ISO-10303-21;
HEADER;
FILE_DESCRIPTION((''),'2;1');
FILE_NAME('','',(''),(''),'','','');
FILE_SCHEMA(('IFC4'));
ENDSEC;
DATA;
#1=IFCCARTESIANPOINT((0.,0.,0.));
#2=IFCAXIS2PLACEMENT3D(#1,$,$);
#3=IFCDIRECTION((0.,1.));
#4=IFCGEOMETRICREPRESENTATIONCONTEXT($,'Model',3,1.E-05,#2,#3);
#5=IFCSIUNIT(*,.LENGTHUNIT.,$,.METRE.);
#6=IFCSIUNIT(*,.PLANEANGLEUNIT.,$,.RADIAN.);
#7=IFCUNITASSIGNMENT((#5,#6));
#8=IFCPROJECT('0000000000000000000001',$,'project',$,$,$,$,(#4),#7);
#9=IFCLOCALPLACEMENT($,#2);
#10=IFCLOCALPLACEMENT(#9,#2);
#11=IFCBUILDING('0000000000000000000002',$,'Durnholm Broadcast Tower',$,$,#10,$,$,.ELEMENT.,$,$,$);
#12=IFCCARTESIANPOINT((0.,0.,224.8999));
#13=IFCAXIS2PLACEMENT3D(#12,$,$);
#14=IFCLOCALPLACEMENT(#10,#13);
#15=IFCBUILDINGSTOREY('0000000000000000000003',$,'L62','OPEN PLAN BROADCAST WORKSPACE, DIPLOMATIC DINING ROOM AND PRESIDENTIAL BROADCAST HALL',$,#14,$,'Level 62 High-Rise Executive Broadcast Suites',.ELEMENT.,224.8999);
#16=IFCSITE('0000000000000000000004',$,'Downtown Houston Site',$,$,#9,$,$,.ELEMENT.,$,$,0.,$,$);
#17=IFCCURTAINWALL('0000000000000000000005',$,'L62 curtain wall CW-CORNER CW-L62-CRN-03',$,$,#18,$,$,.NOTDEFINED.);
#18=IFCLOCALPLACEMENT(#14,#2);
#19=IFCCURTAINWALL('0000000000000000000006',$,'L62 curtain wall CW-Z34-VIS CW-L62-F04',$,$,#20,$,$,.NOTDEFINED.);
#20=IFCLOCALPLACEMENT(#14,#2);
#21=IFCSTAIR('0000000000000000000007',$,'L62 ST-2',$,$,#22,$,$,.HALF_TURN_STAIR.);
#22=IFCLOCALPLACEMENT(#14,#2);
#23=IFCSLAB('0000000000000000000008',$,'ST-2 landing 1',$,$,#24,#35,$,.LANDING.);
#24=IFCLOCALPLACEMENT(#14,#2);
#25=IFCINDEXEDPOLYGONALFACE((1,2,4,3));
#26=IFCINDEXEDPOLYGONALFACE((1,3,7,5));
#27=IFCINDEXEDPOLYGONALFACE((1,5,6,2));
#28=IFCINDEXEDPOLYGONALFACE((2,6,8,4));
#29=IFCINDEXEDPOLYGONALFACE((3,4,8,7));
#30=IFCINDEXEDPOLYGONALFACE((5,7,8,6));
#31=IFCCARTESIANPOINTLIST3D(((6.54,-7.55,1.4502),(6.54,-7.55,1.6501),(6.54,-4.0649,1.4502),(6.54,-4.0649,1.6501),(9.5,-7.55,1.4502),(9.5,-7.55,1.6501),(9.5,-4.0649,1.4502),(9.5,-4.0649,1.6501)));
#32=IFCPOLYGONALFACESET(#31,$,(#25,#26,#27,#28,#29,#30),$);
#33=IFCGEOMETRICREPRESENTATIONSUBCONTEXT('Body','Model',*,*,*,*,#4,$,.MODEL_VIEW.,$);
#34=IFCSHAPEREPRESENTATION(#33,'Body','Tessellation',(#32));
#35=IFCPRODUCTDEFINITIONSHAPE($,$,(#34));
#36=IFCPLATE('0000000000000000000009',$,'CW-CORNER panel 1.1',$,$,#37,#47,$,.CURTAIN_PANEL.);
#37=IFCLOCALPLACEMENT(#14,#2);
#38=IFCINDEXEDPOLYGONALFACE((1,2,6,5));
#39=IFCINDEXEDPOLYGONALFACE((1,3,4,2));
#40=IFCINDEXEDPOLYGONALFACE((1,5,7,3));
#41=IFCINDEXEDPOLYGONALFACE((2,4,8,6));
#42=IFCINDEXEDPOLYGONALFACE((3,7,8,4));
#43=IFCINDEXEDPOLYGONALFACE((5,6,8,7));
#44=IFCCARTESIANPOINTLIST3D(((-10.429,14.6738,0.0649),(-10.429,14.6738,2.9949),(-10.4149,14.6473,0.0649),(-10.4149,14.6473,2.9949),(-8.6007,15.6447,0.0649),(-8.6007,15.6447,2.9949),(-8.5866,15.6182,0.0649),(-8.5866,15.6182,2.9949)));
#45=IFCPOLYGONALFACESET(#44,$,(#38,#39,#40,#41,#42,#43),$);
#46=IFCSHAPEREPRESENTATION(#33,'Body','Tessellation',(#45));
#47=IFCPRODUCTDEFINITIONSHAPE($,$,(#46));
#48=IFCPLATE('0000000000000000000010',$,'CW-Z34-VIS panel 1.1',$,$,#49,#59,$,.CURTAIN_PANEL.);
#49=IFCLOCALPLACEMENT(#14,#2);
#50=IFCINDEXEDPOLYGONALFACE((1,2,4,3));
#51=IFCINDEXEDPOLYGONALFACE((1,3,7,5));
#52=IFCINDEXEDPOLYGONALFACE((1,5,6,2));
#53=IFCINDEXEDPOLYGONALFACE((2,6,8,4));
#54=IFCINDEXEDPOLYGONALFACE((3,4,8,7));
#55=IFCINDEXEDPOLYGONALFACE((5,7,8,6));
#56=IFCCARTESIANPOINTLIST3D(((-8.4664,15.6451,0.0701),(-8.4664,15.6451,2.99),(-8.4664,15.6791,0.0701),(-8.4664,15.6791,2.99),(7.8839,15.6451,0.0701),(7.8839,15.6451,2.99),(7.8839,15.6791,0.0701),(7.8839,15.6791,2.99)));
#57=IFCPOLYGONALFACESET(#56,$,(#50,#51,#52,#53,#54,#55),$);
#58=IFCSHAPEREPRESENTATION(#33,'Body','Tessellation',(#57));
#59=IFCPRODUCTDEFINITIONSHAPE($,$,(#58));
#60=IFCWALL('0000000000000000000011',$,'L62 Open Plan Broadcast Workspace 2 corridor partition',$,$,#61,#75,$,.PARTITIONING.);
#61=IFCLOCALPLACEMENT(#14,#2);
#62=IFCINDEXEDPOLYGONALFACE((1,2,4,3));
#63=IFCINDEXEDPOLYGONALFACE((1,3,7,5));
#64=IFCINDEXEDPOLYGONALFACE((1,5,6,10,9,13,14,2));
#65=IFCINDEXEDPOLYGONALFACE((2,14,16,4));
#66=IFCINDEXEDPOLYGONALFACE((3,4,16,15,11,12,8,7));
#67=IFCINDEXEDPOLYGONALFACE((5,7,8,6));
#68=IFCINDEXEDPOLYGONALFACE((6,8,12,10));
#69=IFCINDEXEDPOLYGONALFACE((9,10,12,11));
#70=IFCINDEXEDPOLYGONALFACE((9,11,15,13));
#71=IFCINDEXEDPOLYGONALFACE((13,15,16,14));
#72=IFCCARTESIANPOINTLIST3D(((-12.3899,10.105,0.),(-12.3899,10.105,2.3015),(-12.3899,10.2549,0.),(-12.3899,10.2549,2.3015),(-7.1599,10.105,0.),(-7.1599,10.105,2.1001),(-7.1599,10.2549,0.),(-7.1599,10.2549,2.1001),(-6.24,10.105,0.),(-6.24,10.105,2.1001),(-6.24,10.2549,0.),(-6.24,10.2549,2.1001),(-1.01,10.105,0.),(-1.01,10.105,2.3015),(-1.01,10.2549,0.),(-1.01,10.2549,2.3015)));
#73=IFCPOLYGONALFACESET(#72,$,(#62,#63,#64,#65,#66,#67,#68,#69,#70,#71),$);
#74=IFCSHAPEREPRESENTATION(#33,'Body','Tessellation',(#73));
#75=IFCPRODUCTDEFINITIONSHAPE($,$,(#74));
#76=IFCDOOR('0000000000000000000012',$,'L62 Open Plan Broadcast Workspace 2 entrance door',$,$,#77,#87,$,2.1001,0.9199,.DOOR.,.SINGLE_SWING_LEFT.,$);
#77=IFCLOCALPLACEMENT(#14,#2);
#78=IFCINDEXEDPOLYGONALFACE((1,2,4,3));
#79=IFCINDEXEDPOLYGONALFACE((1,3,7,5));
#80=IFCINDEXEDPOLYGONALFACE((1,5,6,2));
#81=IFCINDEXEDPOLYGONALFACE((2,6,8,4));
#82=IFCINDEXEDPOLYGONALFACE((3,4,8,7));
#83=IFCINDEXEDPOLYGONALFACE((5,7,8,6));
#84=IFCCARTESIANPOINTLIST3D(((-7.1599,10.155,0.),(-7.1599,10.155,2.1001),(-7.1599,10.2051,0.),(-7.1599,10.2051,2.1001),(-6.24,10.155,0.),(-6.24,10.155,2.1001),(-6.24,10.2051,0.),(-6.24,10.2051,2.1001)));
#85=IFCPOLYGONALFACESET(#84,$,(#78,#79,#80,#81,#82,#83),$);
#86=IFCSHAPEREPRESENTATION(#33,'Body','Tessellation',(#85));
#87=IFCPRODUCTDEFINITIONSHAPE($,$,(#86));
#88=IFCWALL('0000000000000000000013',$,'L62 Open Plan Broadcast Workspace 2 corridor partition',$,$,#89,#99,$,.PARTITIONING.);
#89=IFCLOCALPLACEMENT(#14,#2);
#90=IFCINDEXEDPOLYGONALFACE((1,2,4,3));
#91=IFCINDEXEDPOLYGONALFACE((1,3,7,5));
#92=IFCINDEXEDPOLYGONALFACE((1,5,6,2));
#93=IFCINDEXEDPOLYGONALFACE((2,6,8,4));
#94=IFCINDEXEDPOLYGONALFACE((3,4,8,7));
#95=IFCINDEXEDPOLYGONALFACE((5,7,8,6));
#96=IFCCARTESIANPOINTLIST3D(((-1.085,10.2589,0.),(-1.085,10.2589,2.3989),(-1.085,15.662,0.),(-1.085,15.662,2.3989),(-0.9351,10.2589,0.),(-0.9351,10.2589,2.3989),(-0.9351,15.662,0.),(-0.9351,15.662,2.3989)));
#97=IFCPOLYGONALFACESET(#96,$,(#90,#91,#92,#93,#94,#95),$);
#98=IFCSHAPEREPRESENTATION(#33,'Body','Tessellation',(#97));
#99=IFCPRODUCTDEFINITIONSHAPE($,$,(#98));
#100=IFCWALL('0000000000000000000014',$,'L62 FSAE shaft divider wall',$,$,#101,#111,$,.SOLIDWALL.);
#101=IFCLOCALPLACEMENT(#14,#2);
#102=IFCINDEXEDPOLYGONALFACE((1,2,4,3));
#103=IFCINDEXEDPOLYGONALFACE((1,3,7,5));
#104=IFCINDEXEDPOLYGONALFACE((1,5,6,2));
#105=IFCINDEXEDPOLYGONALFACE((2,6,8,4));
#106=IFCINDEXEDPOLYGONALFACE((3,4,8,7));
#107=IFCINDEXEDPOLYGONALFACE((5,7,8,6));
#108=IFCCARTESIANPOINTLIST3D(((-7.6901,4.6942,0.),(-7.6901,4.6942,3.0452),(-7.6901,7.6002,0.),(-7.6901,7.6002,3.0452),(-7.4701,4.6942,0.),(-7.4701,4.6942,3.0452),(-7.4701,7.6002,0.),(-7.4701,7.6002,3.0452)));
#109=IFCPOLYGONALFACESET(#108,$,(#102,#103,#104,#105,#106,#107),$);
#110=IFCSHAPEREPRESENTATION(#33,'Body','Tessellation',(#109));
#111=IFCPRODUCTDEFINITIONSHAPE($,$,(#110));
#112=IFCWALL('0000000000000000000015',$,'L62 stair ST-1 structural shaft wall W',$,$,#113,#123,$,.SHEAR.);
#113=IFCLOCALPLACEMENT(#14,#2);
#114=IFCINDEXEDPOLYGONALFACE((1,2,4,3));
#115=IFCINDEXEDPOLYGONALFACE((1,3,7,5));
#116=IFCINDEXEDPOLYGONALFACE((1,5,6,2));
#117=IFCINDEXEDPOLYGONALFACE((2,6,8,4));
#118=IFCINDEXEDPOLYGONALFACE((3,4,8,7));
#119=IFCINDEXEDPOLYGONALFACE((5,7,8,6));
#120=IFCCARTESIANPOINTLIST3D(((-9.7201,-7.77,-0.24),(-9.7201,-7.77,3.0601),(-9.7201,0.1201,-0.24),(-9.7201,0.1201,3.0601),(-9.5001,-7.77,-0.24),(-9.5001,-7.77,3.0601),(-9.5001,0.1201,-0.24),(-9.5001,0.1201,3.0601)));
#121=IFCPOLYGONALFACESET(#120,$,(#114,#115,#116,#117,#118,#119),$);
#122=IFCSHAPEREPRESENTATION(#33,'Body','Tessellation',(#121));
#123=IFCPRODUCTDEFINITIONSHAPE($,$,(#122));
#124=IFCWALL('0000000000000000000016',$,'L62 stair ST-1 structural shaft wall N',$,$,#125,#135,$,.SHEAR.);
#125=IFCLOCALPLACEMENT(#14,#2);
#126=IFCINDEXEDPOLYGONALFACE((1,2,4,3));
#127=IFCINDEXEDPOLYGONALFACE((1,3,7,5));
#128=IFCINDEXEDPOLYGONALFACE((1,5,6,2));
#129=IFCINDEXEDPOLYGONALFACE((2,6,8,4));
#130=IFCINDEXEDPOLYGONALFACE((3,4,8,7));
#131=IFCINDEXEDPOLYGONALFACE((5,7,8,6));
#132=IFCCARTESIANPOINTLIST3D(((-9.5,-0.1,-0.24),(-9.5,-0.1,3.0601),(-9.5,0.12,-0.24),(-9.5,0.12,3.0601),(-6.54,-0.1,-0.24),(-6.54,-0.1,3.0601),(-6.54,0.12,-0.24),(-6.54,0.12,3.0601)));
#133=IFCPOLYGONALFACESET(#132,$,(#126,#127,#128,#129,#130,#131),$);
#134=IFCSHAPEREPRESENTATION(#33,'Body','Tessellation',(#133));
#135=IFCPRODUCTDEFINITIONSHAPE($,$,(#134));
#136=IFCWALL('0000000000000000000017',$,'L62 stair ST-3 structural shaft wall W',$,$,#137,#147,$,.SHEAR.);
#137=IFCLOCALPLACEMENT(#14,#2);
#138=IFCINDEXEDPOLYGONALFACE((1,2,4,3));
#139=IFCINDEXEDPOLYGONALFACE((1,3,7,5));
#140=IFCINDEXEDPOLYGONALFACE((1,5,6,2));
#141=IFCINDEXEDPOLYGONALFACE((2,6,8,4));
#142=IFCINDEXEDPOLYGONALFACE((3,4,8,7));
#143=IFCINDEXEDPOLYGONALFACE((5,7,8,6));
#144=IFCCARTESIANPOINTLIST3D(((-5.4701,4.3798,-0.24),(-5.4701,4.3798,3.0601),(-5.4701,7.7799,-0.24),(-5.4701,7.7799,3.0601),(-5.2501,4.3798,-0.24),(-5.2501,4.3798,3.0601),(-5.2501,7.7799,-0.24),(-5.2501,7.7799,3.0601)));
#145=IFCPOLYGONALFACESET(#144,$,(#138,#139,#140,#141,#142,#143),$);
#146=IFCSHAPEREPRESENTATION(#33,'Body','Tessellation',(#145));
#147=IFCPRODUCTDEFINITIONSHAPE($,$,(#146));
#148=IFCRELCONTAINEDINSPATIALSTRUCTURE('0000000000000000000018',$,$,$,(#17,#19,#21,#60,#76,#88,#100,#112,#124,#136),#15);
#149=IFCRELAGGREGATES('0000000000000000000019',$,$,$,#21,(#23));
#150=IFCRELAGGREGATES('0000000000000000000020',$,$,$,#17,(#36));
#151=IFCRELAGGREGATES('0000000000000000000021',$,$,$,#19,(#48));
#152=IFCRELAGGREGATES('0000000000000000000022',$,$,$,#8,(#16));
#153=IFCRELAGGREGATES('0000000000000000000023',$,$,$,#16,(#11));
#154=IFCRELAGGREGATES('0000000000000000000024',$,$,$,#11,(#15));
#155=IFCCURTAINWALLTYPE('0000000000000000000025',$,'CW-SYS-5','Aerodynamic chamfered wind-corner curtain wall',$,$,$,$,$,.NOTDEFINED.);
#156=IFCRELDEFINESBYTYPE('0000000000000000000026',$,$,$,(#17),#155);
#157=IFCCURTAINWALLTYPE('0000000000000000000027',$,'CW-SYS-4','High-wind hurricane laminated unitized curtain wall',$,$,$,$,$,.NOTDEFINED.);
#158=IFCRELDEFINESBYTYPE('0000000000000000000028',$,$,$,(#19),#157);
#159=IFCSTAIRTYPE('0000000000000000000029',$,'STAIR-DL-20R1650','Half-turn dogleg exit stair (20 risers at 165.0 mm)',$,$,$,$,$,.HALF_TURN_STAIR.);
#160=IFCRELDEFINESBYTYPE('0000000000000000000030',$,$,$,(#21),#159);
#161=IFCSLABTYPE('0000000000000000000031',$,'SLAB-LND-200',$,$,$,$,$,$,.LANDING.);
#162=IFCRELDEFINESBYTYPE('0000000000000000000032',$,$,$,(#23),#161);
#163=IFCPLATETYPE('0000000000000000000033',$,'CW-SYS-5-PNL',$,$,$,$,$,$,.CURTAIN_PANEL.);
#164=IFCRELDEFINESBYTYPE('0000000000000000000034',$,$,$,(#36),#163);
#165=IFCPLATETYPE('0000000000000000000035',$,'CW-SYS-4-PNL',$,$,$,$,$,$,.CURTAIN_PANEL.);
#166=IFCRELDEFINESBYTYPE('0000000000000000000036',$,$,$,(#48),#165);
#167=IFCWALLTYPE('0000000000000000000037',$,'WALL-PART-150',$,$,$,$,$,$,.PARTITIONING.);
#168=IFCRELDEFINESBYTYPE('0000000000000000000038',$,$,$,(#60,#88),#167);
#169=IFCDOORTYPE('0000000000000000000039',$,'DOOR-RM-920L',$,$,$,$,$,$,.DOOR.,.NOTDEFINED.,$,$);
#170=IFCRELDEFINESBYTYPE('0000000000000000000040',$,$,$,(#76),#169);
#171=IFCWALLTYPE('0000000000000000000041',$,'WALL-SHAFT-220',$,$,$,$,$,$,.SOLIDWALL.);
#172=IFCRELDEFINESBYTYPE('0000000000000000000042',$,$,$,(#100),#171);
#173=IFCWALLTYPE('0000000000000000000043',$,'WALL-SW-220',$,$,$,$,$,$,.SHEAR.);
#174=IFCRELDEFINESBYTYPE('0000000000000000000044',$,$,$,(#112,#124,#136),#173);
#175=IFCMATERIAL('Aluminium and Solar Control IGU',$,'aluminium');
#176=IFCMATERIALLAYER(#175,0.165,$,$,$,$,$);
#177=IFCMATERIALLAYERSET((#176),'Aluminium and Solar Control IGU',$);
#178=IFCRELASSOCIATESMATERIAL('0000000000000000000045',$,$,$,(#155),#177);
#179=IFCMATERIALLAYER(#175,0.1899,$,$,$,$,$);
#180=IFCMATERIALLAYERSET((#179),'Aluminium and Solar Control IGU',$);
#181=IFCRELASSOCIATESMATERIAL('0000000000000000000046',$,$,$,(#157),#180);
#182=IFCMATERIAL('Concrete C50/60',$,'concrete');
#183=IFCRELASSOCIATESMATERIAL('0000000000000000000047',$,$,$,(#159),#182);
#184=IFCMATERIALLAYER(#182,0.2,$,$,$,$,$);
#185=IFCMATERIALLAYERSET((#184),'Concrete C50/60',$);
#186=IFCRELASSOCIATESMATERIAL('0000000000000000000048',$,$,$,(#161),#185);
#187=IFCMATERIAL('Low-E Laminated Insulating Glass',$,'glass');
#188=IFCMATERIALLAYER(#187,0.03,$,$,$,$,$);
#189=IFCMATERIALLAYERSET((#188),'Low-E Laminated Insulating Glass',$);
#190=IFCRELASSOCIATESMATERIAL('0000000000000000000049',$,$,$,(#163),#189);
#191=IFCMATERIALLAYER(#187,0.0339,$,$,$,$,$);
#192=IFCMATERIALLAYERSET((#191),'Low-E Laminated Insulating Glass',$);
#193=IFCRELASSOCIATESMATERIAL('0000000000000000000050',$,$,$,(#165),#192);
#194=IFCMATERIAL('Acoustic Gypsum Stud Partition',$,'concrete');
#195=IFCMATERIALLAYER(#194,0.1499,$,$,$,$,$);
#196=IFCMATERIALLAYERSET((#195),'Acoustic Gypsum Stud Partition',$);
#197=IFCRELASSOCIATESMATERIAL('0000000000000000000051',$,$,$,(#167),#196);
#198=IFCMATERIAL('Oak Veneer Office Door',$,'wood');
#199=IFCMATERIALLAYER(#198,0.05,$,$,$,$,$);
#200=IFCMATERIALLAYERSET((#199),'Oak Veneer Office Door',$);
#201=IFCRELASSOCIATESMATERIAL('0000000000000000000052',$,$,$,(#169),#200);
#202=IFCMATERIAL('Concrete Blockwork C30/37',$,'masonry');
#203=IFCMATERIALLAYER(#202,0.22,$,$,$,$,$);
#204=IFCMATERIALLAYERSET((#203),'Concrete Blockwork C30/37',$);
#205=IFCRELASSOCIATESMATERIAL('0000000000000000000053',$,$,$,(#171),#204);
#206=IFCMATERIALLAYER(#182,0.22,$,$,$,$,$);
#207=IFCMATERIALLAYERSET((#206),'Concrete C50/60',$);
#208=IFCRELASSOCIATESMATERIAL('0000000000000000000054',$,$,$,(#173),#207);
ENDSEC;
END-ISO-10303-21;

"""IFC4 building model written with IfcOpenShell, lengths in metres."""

from ifc_helpers import new_model, si_unit, direction, frame, frame_2d, origin, origin_2d, place, context, subcontext, project, spatial, polyline, rectangle, outline, extrude, source, transform, mapped, material, layer, layer_set, type_object, type_shapes, element, fill, aggregate, save


model = new_model("IFC4")

# Units and contexts
model_context = context("Model", 3, precision=1e-05, world=origin(), true_north=direction((0.0, 1.0)))
body_context = subcontext(model_context, "Body", "Model", "MODEL_VIEW")
ifc_project = project(units=[si_unit("LENGTHUNIT", "METRE"), si_unit("PLANEANGLEUNIT", "RADIAN")], contexts=[model_context])

# Site, building, storey
site_placement = place(None, origin())
site = spatial("IfcSite", under=ifc_project, at=site_placement, Name="Downtown Houston Site", CompositionType="ELEMENT", RefElevation=0.0)
building_placement = place(site_placement, origin())
building = spatial("IfcBuilding", under=site, at=building_placement, Name="Durnholm Broadcast Tower", CompositionType="ELEMENT")
storey_placement = place(building_placement, frame((0.0, 0.0, 224.8999)))
storey = spatial("IfcBuildingStorey", under=building, at=storey_placement, Name="L62", Description="OPEN PLAN BROADCAST WORKSPACE, DIPLOMATIC DINING ROOM AND PRESIDENTIAL BROADCAST HALL", LongName="Level 62 High-Rise Executive Broadcast Suites", CompositionType="ELEMENT", Elevation=224.8999)

# Curtain wall
ifc_material_1 = material(Name="Aluminium and Solar Control IGU", Category="aluminium")
ifc_layer_1 = layer(ifc_material_1, 0.165)
ifc_layer_set_1 = layer_set([ifc_layer_1], Name="Aluminium and Solar Control IGU")
curtain_wall_type_1 = type_object("IfcCurtainWallType", Name="CW-SYS-5", Description="Aerodynamic chamfered wind-corner curtain wall", PredefinedType="NOTDEFINED", material=ifc_layer_set_1)
curtain_wall_1_placement = place(storey_placement, origin())
curtain_wall_1 = element("IfcCurtainWall", 1, at=curtain_wall_1_placement, inside=storey, type_object=curtain_wall_type_1, Name="L62 curtain wall CW-CORNER CW-L62-CRN-03", PredefinedType="NOTDEFINED")

# Curtain wall
ifc_layer_2 = layer(ifc_material_1, 0.1899)
ifc_layer_set_2 = layer_set([ifc_layer_2], Name="Aluminium and Solar Control IGU")
curtain_wall_type_2 = type_object("IfcCurtainWallType", Name="CW-SYS-4", Description="High-wind hurricane laminated unitized curtain wall", PredefinedType="NOTDEFINED", material=ifc_layer_set_2)
curtain_wall_2_placement = place(storey_placement, origin())
curtain_wall_2 = element("IfcCurtainWall", 2, at=curtain_wall_2_placement, inside=storey, type_object=curtain_wall_type_2, Name="L62 curtain wall CW-Z34-VIS CW-L62-F04", PredefinedType="NOTDEFINED")

# Shared definitions
ifc_material_2 = material(Name="Concrete C50/60", Category="concrete")

# Stair, slab
stair_type = type_object("IfcStairType", Name="STAIR-DL-20R1650", Description="Half-turn dogleg exit stair (20 risers at 165.0 mm)", PredefinedType="HALF_TURN_STAIR", material=ifc_material_2)
ifc_layer_3 = layer(ifc_material_2, 0.2)
ifc_layer_set_3 = layer_set([ifc_layer_3], Name="Concrete C50/60")
slab_type_1 = type_object("IfcSlabType", Name="SLAB-LND-200", PredefinedType="LANDING", material=ifc_layer_set_3)
stair_1_placement = place(storey_placement, origin())
stair_1 = element("IfcStair", 3, at=stair_1_placement, inside=storey, type_object=stair_type, Name="L62 ST-2", PredefinedType="HALF_TURN_STAIR")
slab_1_placement = place(storey_placement, frame((0.0, 0.0, 1.4502)))
slab_1 = element("IfcSlab", 4, at=slab_1_placement, type_object=slab_type_1, Name="ST-2 landing 1", PredefinedType="LANDING", context=body_context, shape_type="SweptSolid", body=[
    extrude(outline(polyline([(6.54, -4.0649), (6.54, -7.55), (9.5, -7.55), (9.5, -4.0649), (6.54, -4.0649)])), origin(), (0.0, 0.0, 1.0), 0.2),
])
aggregate(stair_1, [slab_1])

# Plates
ifc_material_3 = material(Name="Low-E Laminated Insulating Glass", Category="glass")
ifc_layer_4 = layer(ifc_material_3, 0.03)
ifc_layer_set_4 = layer_set([ifc_layer_4], Name="Low-E Laminated Insulating Glass")
plate_type_1 = type_object("IfcPlateType", Name="CW-SYS-5-PNL", PredefinedType="CURTAIN_PANEL", material=ifc_layer_set_4)
shared_shape_1 = source(origin(), body_context, "Body", "SweptSolid", [
    extrude(rectangle(XDim=2.0701, YDim=0.03, at=origin_2d()), origin(), (0.0, 0.0, 1.0), 2.9299),
])
type_shapes(plate_type_1, [shared_shape_1])
plate_1_placement = place(storey_placement, frame((-9.5078, 15.146, 0.0649), z_axis=(0.0, 0.0, 1.0), x_axis=(0.883195, 0.469007, 0.0)))
plate_1 = element("IfcPlate", 5, at=plate_1_placement, type_object=plate_type_1, Name="CW-CORNER panel 1.1", PredefinedType="CURTAIN_PANEL", context=body_context, shape_type="MappedRepresentation", body=[
    mapped(shared_shape_1, transform((0.0, 0.0, 0.0), x_axis=(1.0, 0.0, 0.0), y_axis=(0.0, 1.0, 0.0), z_axis=(0.0, 0.0, 1.0), scale=1.0)),
])
aggregate(curtain_wall_1, [plate_1])
ifc_layer_5 = layer(ifc_material_3, 0.0339)
ifc_layer_set_5 = layer_set([ifc_layer_5], Name="Low-E Laminated Insulating Glass")
plate_type_2 = type_object("IfcPlateType", Name="CW-SYS-4-PNL", PredefinedType="CURTAIN_PANEL", material=ifc_layer_set_5)
shared_shape_2 = source(origin(), body_context, "Body", "SweptSolid", [
    extrude(rectangle(XDim=16.3503, YDim=0.0339, at=origin_2d()), origin(), (0.0, 0.0, 1.0), 2.9199),
])
type_shapes(plate_type_2, [shared_shape_2])
plate_2_placement = place(storey_placement, frame((-0.2913, 15.6621, 0.0701), z_axis=(0.0, 0.0, 1.0), x_axis=(1.0, 0.0, 0.0)))
plate_2 = element("IfcPlate", 6, at=plate_2_placement, type_object=plate_type_2, Name="CW-Z34-VIS panel 1.1", PredefinedType="CURTAIN_PANEL", context=body_context, shape_type="MappedRepresentation", body=[
    mapped(shared_shape_2, transform((0.0, 0.0, 0.0), x_axis=(1.0, 0.0, 0.0), y_axis=(0.0, 1.0, 0.0), z_axis=(0.0, 0.0, 1.0), scale=1.0)),
])
aggregate(curtain_wall_2, [plate_2])

# Wall, opening, door
ifc_material_4 = material(Name="Acoustic Gypsum Stud Partition", Category="concrete")
ifc_layer_6 = layer(ifc_material_4, 0.1499)
ifc_layer_set_6 = layer_set([ifc_layer_6], Name="Acoustic Gypsum Stud Partition")
wall_type_1 = type_object("IfcWallType", Name="WALL-PART-150", PredefinedType="PARTITIONING", material=ifc_layer_set_6)
wall_1_placement = place(storey_placement, frame((-1.01, 10.1799, 0.0), z_axis=(0.0, 0.0, 1.0), x_axis=(-1.0, 0.0, 0.0)))
wall_1 = element("IfcWall", 7, at=wall_1_placement, inside=storey, type_object=wall_type_1, Name="L62 Open Plan Broadcast Workspace 2 corridor partition", PredefinedType="PARTITIONING", context=body_context, shape_type="SweptSolid", body=[
    extrude(rectangle(XDim=11.3799, YDim=0.1499, at=frame_2d((5.6899, 0.0))), origin(), (0.0, 0.0, 1.0), 2.3015),
])
opening_1_placement = place(wall_1_placement, frame((5.23, 0.0, 0.0)))
opening_1 = element("IfcOpeningElement", 8, at=opening_1_placement, cuts=wall_1, PredefinedType="OPENING", context=body_context, shape_type="SweptSolid", body=[
    extrude(rectangle(XDim=0.9199, YDim=2.1001, at=frame_2d((0.46, 1.05))), frame((0.0, 0.085, 0.0), z_axis=(0.0, -1.0, 0.0), x_axis=(1.0, 0.0, 0.0)), (0.0, 0.0, 1.0), 0.1699),
])
ifc_material_5 = material(Name="Oak Veneer Office Door", Category="wood")
ifc_layer_7 = layer(ifc_material_5, 0.05)
ifc_layer_set_7 = layer_set([ifc_layer_7], Name="Oak Veneer Office Door")
door_type_1 = type_object("IfcDoorType", Name="DOOR-RM-920L", OperationType="NOTDEFINED", PredefinedType="DOOR", material=ifc_layer_set_7)
shared_shape_3 = source(origin(), body_context, "Body", "SweptSolid", [
    extrude(rectangle(XDim=0.9199, YDim=2.1001, at=frame_2d((0.46, 1.05))), frame((0.0, 0.0249, 0.0), z_axis=(0.0, -1.0, 0.0), x_axis=(1.0, 0.0, 0.0)), (0.0, 0.0, 1.0), 0.05),
])
type_shapes(door_type_1, [shared_shape_3])
door_1_placement = place(opening_1_placement, origin())
door_1 = element("IfcDoor", 9, at=door_1_placement, inside=storey, type_object=door_type_1, Name="L62 Open Plan Broadcast Workspace 2 entrance door", OperationType="SINGLE_SWING_LEFT", OverallHeight=2.1001, OverallWidth=0.9199, PredefinedType="DOOR", context=body_context, shape_type="MappedRepresentation", body=[
    mapped(shared_shape_3, transform((0.0, 0.0, 0.0), x_axis=(1.0, 0.0, 0.0), y_axis=(0.0, 1.0, 0.0), z_axis=(0.0, 0.0, 1.0), scale=1.0)),
])
fill(opening_1, door_1)

# Walls
wall_2_placement = place(storey_placement, frame((-1.01, 15.6621, 0.0), z_axis=(0.0, 0.0, 1.0), x_axis=(0.0, -1.0, 0.0)))
element("IfcWall", 10, at=wall_2_placement, inside=storey, type_object=wall_type_1, Name="L62 Open Plan Broadcast Workspace 2 corridor partition", PredefinedType="PARTITIONING", context=body_context, shape_type="SweptSolid", body=[
    extrude(rectangle(XDim=5.4031, YDim=0.1499, at=frame_2d((2.7017, 0.0))), origin(), (0.0, 0.0, 1.0), 2.3989),
])
ifc_material_6 = material(Name="Concrete Blockwork C30/37", Category="masonry")
ifc_layer_8 = layer(ifc_material_6, 0.22)
ifc_layer_set_8 = layer_set([ifc_layer_8], Name="Concrete Blockwork C30/37")
wall_type_2 = type_object("IfcWallType", Name="WALL-SHAFT-220", PredefinedType="SOLIDWALL", material=ifc_layer_set_8)
wall_3_placement = place(storey_placement, frame((-7.5801, 4.6941, 0.0), z_axis=(0.0, 0.0, 1.0), x_axis=(0.0, 1.0, 0.0)))
element("IfcWall", 11, at=wall_3_placement, inside=storey, type_object=wall_type_2, Name="L62 FSAE shaft divider wall", PredefinedType="SOLIDWALL", context=body_context, shape_type="SweptSolid", body=[
    extrude(rectangle(XDim=2.906, YDim=0.22, at=frame_2d((1.4531, 0.0))), origin(), (0.0, 0.0, 1.0), 3.0452),
])
ifc_layer_9 = layer(ifc_material_2, 0.22)
ifc_layer_set_9 = layer_set([ifc_layer_9], Name="Concrete C50/60")
wall_type_3 = type_object("IfcWallType", Name="WALL-SW-220", PredefinedType="SHEAR", material=ifc_layer_set_9)
wall_4_placement = place(storey_placement, frame((-9.6101, 0.1201, -0.24), z_axis=(0.0, 0.0, 1.0), x_axis=(0.0, -1.0, 0.0)))
element("IfcWall", 12, at=wall_4_placement, inside=storey, type_object=wall_type_3, Name="L62 stair ST-1 structural shaft wall W", PredefinedType="SHEAR", context=body_context, shape_type="SweptSolid", body=[
    extrude(rectangle(XDim=7.8901, YDim=0.22, at=frame_2d((3.9451, 0.0))), origin(), (0.0, 0.0, 1.0), 3.3),
])
wall_5_placement = place(storey_placement, frame((-6.54, 0.01, -0.24), z_axis=(0.0, 0.0, 1.0), x_axis=(-1.0, 0.0, 0.0)))
element("IfcWall", 13, at=wall_5_placement, inside=storey, type_object=wall_type_3, Name="L62 stair ST-1 structural shaft wall N", PredefinedType="SHEAR", context=body_context, shape_type="SweptSolid", body=[
    extrude(rectangle(XDim=2.96, YDim=0.22, at=frame_2d((1.48, 0.0))), origin(), (0.0, 0.0, 1.0), 3.3),
])
wall_6_placement = place(storey_placement, frame((-5.3601, 7.78, -0.24), z_axis=(0.0, 0.0, 1.0), x_axis=(0.0, -1.0, 0.0)))
element("IfcWall", 14, at=wall_6_placement, inside=storey, type_object=wall_type_3, Name="L62 stair ST-3 structural shaft wall W", PredefinedType="SHEAR", context=body_context, shape_type="SweptSolid", body=[
    extrude(rectangle(XDim=3.4001, YDim=0.22, at=frame_2d((1.7002, 0.0))), origin(), (0.0, 0.0, 1.0), 3.3),
])

save(model, "model.ifc")
